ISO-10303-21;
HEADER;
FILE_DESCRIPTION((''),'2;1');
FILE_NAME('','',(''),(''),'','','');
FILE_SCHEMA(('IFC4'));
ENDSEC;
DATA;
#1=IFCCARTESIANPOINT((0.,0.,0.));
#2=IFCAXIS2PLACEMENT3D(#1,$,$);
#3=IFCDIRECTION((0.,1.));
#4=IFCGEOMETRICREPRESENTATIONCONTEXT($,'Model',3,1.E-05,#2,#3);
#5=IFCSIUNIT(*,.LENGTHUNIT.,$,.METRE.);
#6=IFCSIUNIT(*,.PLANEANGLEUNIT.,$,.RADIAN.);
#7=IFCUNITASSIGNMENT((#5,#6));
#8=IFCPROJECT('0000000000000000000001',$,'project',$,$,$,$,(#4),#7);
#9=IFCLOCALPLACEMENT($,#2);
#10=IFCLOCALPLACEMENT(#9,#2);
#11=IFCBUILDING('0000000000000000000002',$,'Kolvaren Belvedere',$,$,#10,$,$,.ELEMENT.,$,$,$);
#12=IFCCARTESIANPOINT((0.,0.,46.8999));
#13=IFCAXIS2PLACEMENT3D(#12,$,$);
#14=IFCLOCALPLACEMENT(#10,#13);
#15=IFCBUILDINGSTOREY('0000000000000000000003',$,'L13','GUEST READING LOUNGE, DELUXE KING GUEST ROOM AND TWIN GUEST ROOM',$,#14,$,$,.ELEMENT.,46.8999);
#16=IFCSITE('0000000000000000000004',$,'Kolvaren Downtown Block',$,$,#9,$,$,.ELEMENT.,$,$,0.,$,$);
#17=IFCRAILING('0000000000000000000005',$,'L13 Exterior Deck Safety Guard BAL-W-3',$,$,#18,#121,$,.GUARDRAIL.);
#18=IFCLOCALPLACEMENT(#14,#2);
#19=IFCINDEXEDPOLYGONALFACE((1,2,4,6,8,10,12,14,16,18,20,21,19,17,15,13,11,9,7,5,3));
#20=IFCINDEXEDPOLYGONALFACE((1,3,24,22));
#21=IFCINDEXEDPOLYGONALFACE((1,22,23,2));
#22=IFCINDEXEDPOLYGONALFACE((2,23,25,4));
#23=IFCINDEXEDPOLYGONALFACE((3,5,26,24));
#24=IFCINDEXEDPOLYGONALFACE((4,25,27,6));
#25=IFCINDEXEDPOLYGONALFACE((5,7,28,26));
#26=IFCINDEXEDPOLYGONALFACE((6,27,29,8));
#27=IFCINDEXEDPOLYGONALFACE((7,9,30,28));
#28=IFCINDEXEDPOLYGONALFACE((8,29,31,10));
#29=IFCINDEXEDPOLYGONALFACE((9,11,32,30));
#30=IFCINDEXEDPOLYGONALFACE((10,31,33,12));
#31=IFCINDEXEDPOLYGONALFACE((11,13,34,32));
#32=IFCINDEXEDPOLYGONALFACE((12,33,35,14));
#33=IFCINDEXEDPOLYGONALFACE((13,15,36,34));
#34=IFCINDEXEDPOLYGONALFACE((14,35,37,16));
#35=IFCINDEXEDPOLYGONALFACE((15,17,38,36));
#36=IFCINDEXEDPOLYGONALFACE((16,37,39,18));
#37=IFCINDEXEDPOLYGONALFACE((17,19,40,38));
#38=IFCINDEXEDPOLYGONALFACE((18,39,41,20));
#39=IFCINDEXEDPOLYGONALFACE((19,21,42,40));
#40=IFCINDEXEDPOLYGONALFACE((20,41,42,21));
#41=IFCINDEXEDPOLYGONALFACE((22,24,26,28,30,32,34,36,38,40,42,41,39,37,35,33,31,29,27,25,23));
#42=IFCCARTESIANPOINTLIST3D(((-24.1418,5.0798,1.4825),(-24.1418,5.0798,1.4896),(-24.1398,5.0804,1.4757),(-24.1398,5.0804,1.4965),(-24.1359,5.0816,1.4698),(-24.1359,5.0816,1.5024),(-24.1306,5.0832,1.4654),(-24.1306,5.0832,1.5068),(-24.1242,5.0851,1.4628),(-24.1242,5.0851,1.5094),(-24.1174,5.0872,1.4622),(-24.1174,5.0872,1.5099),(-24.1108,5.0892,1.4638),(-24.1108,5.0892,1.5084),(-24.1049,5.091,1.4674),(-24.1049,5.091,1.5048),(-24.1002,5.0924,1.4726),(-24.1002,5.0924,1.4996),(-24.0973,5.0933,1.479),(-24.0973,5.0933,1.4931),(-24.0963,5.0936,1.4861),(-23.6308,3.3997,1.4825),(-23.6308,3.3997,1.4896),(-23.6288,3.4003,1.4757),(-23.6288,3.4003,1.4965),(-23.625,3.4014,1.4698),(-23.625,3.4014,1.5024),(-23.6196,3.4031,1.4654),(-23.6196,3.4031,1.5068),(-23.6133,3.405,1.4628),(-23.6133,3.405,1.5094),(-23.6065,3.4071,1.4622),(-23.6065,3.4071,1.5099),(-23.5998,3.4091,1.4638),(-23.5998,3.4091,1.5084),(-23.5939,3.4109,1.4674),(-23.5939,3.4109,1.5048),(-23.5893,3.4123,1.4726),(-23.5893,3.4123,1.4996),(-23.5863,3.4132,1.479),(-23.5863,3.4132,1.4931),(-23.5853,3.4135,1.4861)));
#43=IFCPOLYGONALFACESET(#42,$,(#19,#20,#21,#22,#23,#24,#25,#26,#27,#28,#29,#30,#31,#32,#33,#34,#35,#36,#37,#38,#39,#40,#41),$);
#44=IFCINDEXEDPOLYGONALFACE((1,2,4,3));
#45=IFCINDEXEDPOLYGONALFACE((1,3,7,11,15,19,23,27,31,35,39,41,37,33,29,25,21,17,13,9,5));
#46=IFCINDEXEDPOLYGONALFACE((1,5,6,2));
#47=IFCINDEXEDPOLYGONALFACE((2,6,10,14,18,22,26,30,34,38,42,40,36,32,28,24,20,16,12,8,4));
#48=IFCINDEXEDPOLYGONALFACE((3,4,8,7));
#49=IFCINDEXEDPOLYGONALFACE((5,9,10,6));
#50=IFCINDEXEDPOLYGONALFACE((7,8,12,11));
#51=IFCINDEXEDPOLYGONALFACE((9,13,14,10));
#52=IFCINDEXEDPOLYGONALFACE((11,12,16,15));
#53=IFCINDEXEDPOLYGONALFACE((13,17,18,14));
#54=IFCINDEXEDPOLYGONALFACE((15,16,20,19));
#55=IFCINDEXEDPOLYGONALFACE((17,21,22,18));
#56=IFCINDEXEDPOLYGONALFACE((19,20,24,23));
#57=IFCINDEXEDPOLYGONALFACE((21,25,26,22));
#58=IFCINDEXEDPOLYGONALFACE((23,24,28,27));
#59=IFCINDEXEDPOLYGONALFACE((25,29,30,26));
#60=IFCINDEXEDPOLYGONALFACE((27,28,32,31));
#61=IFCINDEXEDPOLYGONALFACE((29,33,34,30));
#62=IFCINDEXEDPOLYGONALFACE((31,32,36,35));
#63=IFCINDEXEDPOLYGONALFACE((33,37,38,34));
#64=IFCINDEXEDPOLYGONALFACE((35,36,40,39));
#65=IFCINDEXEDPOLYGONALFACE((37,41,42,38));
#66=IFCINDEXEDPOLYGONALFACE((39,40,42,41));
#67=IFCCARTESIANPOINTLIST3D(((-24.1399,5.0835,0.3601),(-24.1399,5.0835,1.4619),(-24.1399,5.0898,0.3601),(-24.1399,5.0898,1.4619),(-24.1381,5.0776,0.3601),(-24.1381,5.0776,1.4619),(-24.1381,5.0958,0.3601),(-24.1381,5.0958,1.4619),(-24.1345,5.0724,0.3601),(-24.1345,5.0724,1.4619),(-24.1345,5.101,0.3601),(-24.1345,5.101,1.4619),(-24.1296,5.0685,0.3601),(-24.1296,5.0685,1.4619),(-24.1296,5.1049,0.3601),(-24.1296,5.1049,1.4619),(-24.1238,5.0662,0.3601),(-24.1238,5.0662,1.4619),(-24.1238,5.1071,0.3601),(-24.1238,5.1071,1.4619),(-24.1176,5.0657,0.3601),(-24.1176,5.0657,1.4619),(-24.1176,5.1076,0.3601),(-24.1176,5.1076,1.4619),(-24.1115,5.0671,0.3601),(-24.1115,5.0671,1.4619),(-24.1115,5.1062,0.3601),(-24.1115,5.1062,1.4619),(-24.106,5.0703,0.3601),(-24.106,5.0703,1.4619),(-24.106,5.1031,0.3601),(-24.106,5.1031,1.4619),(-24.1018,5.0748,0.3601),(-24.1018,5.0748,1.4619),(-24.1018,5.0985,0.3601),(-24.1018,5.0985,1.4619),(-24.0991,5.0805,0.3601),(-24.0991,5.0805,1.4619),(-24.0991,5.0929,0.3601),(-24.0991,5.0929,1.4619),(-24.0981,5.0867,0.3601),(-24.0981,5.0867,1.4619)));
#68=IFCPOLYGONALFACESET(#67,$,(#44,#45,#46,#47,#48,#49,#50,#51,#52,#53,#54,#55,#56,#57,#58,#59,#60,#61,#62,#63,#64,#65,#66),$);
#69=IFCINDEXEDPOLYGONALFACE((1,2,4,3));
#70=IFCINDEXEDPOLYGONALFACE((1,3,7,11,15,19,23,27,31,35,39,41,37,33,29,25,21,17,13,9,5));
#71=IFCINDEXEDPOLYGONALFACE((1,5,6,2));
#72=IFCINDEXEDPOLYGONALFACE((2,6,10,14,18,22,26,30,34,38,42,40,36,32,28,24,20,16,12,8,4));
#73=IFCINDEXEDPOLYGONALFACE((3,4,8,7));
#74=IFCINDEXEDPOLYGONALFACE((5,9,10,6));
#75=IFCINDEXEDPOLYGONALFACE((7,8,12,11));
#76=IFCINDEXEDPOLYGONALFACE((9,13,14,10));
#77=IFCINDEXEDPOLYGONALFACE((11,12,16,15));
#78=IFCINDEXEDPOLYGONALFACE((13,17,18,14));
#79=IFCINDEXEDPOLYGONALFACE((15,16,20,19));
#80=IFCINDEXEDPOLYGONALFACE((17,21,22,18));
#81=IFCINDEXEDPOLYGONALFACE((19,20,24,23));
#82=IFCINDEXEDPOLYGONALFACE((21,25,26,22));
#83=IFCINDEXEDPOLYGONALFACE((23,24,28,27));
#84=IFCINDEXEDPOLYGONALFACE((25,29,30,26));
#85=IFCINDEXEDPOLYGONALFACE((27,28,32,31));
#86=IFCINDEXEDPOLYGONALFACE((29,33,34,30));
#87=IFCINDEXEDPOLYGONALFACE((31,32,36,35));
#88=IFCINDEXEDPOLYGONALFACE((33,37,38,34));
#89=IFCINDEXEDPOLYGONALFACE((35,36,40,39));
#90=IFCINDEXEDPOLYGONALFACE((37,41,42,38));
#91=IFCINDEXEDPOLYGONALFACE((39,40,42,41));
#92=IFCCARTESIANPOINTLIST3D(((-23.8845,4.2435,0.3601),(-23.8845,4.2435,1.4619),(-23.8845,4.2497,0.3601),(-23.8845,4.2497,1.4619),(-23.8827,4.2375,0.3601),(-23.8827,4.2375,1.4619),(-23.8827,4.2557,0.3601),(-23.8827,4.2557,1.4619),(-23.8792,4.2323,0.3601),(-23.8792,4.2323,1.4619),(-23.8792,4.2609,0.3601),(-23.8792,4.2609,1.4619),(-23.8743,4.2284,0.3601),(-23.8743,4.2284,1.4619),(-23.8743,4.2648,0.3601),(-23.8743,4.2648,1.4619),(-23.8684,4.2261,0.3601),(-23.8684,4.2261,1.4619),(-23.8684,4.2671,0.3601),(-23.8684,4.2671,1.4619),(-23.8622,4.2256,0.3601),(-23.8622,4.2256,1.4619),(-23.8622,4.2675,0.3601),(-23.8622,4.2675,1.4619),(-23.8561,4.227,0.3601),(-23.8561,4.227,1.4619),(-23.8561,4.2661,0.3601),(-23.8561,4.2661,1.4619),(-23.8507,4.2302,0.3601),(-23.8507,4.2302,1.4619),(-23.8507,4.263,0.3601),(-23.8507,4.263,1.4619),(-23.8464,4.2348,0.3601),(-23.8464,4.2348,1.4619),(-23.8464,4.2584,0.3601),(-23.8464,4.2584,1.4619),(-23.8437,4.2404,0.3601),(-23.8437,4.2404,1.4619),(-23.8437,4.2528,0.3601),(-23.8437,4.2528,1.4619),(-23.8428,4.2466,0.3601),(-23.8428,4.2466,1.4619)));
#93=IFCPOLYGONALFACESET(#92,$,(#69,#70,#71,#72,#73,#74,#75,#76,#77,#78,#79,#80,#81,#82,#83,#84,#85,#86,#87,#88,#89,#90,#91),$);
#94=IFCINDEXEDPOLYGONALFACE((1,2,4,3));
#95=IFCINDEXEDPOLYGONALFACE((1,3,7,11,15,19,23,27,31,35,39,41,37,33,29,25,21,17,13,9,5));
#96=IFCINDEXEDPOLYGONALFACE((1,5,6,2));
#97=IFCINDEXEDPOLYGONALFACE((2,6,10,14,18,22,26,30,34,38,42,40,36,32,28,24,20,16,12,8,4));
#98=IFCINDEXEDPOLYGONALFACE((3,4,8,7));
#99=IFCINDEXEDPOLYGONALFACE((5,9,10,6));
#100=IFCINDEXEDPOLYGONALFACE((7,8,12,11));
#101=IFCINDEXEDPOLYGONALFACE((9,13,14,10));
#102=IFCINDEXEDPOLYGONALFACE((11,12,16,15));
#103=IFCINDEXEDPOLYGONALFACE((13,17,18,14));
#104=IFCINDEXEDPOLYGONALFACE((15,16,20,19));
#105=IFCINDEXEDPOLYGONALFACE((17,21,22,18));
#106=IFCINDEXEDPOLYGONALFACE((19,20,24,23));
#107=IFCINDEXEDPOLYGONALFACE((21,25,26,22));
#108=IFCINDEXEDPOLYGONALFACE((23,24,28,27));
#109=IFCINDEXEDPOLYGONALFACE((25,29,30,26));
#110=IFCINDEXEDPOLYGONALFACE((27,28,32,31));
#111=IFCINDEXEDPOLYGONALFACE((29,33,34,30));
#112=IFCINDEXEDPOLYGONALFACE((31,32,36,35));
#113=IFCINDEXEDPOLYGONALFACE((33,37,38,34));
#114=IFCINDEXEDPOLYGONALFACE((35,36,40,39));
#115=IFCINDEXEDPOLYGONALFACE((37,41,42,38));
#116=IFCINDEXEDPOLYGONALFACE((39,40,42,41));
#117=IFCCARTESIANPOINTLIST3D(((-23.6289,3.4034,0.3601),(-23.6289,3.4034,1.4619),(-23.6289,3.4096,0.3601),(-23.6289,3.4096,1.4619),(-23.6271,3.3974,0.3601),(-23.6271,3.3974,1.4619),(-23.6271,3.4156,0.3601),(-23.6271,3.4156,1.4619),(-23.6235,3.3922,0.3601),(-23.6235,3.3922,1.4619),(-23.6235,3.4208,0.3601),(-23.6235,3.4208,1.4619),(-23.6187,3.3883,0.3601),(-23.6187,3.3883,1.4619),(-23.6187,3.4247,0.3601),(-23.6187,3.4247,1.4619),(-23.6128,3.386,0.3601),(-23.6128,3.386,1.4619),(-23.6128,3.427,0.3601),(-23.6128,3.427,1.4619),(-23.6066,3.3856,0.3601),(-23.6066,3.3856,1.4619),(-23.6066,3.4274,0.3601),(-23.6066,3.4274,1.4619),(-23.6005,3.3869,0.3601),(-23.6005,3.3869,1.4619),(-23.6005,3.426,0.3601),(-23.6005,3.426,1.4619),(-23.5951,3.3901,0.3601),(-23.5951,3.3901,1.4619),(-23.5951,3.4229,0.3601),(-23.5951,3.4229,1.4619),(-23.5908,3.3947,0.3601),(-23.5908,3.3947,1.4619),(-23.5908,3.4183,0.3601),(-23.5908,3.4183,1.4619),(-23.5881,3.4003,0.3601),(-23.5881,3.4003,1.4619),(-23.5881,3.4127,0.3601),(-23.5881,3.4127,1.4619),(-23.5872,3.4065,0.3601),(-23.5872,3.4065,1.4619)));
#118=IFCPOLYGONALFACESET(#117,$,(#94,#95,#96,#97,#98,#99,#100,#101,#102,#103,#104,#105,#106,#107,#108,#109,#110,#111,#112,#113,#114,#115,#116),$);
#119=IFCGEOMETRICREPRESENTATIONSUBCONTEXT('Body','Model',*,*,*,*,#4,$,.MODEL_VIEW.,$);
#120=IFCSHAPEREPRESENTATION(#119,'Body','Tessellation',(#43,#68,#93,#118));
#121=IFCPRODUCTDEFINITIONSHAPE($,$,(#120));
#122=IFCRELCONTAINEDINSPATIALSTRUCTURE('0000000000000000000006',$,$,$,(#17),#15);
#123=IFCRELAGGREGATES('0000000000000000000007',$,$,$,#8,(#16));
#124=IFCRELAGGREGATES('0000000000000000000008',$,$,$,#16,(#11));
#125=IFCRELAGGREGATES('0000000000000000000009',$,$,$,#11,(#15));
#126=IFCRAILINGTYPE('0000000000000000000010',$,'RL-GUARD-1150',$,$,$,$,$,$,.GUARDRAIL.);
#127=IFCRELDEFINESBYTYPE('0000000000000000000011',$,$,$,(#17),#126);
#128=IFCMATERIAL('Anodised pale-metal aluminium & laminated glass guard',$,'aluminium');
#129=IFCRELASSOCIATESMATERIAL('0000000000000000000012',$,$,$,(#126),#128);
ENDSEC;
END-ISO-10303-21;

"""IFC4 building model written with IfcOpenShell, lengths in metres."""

from ifc_helpers import new_model, si_unit, direction, frame, origin, origin_2d, place, context, subcontext, project, spatial, circle, extrude, material, type_object, element, save


model = new_model("IFC4")

# Units and contexts
model_context = context("Model", 3, precision=1e-05, world=origin(), true_north=direction((0.0, 1.0)))
body_context = subcontext(model_context, "Body", "Model", "MODEL_VIEW")
ifc_project = project(units=[si_unit("LENGTHUNIT", "METRE"), si_unit("PLANEANGLEUNIT", "RADIAN")], contexts=[model_context])

# Site, building, storey
site_placement = place(None, origin())
site = spatial("IfcSite", under=ifc_project, at=site_placement, Name="Kolvaren Downtown Block", CompositionType="ELEMENT", RefElevation=0.0)
building_placement = place(site_placement, origin())
building = spatial("IfcBuilding", under=site, at=building_placement, Name="Kolvaren Belvedere", CompositionType="ELEMENT")
storey_placement = place(building_placement, frame((0.0, 0.0, 46.8999)))
storey = spatial("IfcBuildingStorey", under=building, at=storey_placement, Name="L13", Description="GUEST READING LOUNGE, DELUXE KING GUEST ROOM AND TWIN GUEST ROOM", CompositionType="ELEMENT", Elevation=46.8999)

# Railing
ifc_material_1 = material(Name="Anodised pale-metal aluminium & laminated glass guard", Category="aluminium")
railing_type = type_object("IfcRailingType", Name="RL-GUARD-1150", PredefinedType="GUARDRAIL", material=ifc_material_1)
railing_1_placement = place(storey_placement, frame((-24.1191, 5.0867, 0.3601)))
element("IfcRailing", 1, at=railing_1_placement, inside=storey, type_object=railing_type, Name="L13 Exterior Deck Safety Guard BAL-W-3", PredefinedType="GUARDRAIL", context=body_context, shape_type="SweptSolid", body=[
    extrude(circle(Radius=0.0239, at=origin_2d()), frame((0.0, 0.0, 1.126), z_axis=(0.290968, -0.956733, 0.0), x_axis=(0.956733, 0.290968, 0.0)), (0.0, 0.0, 1.0), 1.7561),
    extrude(circle(Radius=0.021, at=origin_2d()), origin(), (0.0, 0.0, 1.0), 1.1018),
    extrude(circle(Radius=0.021, at=origin_2d()), frame((0.2554, -0.8401, 0.0)), (0.0, 0.0, 1.0), 1.1018),
    extrude(circle(Radius=0.021, at=origin_2d()), frame((0.511, -1.6802, 0.0)), (0.0, 0.0, 1.0), 1.1018),
])

save(model, "model.ifc")
